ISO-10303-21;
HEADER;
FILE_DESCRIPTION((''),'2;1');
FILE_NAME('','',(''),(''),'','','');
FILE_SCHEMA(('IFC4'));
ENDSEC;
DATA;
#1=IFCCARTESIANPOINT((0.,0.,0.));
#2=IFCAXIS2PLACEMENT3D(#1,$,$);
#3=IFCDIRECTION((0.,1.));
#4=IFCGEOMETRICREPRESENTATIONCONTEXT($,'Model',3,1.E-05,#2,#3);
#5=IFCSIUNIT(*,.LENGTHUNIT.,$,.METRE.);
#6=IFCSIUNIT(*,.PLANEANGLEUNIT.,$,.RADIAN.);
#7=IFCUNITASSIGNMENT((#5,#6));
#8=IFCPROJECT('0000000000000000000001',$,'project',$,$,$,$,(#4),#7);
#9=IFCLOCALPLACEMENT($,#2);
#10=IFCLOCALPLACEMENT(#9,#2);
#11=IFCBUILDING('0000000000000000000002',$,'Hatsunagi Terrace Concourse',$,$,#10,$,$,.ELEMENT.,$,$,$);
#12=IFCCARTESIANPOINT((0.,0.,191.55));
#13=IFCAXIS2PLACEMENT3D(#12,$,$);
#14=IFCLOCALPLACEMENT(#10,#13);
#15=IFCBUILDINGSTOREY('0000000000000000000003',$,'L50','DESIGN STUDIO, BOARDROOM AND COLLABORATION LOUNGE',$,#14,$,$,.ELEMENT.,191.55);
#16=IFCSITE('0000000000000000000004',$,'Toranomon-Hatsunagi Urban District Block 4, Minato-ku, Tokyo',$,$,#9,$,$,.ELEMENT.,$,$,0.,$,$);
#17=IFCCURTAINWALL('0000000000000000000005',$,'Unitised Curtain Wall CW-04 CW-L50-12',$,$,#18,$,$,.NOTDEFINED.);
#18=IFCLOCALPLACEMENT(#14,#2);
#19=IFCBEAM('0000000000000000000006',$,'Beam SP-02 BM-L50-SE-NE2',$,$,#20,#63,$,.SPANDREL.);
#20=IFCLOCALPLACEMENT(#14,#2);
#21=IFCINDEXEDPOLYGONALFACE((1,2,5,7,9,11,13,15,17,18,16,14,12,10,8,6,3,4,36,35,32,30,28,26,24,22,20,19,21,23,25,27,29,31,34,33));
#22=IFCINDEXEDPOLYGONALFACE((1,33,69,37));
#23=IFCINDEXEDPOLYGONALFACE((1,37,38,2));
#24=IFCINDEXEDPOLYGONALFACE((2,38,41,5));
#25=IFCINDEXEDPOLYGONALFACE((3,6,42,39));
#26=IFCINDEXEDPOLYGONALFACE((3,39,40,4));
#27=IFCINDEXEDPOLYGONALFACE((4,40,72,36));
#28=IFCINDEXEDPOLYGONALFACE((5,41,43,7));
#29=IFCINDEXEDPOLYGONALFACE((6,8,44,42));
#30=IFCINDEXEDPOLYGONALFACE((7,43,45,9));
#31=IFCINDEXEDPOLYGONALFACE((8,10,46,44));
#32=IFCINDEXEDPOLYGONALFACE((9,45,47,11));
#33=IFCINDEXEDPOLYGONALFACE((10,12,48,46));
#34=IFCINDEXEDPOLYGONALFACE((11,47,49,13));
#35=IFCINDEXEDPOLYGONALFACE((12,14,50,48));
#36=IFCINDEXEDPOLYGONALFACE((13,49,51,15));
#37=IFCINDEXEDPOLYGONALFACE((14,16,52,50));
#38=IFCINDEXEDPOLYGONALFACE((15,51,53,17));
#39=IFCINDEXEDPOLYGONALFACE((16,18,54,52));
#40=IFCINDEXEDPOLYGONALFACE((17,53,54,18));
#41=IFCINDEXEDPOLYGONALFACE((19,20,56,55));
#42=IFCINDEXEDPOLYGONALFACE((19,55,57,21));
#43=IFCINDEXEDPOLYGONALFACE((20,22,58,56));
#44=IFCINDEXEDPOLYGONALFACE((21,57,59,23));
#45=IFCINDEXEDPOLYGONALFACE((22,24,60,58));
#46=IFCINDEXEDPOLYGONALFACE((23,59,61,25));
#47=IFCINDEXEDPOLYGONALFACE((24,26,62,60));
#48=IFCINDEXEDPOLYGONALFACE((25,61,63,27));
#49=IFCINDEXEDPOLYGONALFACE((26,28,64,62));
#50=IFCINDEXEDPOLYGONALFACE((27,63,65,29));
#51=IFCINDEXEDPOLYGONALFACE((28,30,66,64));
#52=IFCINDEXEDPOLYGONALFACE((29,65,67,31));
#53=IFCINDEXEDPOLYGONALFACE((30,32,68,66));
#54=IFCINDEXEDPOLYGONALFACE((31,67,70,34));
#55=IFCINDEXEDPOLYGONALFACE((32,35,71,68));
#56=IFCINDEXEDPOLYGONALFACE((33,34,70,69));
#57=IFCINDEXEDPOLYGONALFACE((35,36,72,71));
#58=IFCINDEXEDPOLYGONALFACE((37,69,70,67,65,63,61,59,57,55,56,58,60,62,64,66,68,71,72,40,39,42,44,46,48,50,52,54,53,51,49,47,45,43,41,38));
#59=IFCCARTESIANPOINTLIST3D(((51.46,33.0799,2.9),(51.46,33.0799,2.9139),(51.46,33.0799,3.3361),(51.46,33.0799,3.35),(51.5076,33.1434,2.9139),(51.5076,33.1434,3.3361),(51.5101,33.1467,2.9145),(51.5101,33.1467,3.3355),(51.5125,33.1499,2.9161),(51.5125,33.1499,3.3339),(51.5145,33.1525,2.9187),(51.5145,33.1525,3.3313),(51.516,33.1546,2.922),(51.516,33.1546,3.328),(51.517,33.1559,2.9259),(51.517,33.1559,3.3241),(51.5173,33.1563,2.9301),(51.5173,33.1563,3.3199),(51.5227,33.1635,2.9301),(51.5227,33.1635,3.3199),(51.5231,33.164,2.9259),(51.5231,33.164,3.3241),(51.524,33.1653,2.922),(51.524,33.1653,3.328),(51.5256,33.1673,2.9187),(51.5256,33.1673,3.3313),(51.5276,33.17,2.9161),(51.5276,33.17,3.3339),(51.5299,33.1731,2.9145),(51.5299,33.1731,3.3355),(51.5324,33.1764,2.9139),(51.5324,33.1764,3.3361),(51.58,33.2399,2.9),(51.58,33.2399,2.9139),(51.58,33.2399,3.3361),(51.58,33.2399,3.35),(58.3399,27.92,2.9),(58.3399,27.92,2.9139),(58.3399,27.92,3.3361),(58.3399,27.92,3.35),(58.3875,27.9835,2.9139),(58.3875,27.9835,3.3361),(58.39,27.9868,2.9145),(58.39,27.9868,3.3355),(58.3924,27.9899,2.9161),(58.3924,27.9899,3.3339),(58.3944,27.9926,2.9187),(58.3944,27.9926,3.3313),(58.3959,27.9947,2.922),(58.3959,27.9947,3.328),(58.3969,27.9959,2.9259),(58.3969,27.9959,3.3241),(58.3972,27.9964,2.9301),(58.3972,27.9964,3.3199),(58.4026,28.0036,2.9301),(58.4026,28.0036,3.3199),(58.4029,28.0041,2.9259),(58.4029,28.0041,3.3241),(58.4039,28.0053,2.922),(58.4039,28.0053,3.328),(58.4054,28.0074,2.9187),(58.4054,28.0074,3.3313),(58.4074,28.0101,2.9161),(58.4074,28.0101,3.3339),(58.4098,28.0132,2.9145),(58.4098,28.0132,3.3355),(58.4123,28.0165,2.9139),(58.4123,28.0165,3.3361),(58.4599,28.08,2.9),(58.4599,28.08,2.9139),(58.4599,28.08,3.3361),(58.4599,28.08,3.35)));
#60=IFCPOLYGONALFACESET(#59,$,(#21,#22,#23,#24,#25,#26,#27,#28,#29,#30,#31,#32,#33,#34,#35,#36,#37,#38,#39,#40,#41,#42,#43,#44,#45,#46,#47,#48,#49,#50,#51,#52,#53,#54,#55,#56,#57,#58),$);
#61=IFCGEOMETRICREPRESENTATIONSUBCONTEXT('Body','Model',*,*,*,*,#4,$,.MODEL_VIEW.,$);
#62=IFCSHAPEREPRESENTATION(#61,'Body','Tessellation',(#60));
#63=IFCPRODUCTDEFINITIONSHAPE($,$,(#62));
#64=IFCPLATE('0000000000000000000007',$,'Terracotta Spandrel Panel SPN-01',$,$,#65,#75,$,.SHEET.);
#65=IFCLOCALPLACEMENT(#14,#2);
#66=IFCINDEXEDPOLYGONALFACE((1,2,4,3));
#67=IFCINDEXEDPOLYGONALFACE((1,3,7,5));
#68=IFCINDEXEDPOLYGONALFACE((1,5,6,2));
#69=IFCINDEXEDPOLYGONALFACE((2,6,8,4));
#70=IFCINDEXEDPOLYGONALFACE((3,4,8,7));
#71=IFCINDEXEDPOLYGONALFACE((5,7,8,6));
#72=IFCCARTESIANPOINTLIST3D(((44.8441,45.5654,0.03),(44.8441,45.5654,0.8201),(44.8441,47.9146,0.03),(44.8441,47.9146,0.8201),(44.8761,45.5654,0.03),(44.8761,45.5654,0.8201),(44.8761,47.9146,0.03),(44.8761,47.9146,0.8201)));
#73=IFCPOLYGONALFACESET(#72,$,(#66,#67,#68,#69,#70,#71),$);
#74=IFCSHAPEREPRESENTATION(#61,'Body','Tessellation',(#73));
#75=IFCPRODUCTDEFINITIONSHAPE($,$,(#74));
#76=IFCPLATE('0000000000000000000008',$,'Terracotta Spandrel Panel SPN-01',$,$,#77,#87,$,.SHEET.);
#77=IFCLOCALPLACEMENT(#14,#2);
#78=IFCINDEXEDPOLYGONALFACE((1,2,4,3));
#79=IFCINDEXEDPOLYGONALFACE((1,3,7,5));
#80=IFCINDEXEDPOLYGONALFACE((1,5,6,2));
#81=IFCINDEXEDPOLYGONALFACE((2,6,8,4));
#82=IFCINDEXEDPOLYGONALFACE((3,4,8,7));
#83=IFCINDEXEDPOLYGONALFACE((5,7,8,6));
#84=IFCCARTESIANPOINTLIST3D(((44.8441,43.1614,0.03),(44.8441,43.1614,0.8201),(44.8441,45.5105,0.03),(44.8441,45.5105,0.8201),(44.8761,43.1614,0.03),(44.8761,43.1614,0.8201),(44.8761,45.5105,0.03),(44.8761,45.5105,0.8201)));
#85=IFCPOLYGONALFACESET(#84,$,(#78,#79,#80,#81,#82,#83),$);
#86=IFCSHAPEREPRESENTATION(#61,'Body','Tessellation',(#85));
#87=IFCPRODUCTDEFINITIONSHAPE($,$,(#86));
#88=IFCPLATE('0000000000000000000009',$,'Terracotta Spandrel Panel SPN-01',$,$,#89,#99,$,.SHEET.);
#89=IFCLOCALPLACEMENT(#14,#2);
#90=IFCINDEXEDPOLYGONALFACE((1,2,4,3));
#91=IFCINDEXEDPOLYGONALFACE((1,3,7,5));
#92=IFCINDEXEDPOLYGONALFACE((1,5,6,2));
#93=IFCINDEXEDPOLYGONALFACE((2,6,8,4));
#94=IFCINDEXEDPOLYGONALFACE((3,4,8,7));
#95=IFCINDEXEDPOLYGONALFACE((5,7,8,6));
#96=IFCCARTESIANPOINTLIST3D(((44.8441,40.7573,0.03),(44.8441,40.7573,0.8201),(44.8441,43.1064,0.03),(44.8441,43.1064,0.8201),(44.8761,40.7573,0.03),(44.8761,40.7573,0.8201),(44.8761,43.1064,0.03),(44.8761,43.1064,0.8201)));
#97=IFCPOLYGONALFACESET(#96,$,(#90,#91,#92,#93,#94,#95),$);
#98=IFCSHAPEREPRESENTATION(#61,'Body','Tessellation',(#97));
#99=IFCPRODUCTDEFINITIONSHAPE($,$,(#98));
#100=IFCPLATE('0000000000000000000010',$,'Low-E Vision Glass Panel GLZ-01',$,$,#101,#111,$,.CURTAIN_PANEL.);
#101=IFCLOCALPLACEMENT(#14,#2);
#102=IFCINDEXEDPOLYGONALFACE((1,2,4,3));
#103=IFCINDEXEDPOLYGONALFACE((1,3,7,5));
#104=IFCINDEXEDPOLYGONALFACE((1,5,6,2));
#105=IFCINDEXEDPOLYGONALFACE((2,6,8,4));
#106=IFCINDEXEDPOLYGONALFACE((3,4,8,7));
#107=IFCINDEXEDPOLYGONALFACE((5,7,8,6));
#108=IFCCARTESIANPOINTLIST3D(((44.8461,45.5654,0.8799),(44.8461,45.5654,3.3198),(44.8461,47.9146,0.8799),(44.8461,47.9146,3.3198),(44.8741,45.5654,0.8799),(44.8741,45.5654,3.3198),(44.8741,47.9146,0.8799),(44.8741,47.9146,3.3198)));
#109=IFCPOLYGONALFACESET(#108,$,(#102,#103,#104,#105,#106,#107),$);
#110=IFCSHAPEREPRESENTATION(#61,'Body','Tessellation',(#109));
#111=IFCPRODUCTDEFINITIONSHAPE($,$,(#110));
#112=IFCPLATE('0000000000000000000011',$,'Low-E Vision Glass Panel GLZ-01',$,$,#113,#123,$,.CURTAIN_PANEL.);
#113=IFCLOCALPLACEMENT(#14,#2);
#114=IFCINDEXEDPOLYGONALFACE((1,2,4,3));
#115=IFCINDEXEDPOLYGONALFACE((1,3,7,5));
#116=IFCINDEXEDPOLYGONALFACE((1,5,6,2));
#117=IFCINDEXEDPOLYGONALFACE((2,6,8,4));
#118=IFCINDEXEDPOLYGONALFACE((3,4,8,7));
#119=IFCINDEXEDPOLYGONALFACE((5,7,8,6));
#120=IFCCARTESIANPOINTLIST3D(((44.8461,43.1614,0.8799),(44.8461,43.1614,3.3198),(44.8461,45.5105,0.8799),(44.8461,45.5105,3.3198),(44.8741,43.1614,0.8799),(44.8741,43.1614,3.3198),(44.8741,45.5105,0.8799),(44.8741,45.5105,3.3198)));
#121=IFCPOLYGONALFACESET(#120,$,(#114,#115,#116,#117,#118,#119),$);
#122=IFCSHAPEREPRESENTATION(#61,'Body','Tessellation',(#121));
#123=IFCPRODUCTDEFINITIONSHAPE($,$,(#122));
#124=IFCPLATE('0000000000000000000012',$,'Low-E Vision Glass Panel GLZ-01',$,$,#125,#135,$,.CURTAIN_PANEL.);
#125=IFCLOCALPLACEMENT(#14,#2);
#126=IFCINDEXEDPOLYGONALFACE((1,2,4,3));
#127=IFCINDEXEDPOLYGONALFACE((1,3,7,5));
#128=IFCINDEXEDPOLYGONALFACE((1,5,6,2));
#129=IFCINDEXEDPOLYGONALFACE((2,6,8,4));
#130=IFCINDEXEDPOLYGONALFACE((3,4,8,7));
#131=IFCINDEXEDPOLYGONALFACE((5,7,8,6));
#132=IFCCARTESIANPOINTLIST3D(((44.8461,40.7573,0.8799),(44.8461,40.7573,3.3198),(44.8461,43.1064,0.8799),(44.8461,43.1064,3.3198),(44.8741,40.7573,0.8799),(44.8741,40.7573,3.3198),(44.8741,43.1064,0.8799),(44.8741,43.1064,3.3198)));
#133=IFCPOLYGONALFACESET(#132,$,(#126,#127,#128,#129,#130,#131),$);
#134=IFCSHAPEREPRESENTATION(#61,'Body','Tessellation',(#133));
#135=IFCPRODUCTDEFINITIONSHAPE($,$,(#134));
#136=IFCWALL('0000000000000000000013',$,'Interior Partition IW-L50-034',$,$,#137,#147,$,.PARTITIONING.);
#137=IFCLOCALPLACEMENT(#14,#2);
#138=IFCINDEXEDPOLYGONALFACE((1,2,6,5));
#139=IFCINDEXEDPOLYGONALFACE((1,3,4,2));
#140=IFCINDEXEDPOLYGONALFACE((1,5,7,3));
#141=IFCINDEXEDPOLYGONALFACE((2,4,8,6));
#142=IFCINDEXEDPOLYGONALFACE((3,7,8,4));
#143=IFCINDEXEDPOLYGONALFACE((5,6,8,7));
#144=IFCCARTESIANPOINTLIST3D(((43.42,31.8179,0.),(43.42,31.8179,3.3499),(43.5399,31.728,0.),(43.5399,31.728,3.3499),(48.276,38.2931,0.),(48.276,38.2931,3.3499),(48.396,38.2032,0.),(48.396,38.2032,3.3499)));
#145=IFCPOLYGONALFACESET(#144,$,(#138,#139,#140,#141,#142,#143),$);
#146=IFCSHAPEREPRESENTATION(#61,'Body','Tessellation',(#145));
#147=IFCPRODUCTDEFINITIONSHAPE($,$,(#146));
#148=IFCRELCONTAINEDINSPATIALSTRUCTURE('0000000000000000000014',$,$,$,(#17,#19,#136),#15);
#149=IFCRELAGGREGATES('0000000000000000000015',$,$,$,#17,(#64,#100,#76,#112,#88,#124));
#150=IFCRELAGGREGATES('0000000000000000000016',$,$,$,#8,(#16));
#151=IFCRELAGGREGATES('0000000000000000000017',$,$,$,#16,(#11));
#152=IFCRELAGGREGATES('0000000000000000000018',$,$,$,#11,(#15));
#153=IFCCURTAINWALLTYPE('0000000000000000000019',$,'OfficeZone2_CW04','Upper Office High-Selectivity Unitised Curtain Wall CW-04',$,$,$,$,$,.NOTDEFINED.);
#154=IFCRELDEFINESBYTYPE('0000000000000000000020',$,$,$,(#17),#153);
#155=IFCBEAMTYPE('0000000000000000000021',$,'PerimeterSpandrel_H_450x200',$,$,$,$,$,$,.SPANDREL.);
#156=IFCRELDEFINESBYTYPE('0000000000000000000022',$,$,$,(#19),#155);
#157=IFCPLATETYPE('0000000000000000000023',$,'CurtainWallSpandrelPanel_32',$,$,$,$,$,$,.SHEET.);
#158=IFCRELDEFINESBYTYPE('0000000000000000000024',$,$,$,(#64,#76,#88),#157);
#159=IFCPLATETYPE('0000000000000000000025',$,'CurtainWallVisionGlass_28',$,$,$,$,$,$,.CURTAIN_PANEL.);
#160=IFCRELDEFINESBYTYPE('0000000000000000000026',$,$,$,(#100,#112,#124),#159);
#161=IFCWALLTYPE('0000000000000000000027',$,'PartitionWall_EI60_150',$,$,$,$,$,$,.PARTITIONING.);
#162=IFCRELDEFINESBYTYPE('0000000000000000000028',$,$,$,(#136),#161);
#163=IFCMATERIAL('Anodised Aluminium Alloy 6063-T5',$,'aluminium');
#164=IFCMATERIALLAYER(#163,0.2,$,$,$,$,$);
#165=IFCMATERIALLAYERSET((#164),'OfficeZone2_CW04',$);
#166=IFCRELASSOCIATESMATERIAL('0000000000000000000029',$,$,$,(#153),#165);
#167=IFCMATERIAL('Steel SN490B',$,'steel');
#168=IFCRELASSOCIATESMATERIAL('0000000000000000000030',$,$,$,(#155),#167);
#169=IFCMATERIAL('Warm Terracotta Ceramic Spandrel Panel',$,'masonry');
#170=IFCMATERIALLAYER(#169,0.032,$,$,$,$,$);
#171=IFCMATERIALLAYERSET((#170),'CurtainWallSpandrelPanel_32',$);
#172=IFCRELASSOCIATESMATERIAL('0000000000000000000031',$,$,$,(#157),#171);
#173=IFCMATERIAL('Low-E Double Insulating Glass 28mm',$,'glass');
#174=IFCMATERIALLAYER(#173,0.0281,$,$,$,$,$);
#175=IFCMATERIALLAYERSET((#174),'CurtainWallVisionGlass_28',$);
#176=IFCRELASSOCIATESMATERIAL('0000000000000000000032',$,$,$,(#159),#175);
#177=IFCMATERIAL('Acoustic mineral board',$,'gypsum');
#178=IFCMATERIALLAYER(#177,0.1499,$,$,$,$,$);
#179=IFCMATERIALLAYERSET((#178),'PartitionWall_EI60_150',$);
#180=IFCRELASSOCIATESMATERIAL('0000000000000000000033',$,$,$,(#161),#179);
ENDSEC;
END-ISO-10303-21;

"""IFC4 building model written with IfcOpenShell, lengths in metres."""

from ifc_helpers import new_model, si_unit, direction, frame, frame_2d, origin, origin_2d, place, context, subcontext, project, spatial, rectangle, i_section, extrude, material, layer, layer_set, material_profile, profile_set, type_object, element, aggregate, save


model = new_model("IFC4")

# Units and contexts
model_context = context("Model", 3, precision=1e-05, world=origin(), true_north=direction((0.0, 1.0)))
body_context = subcontext(model_context, "Body", "Model", "MODEL_VIEW")
ifc_project = project(units=[si_unit("LENGTHUNIT", "METRE"), si_unit("PLANEANGLEUNIT", "RADIAN")], contexts=[model_context])

# Site, building, storey
site_placement = place(None, origin())
site = spatial("IfcSite", under=ifc_project, at=site_placement, Name="Toranomon-Hatsunagi Urban District Block 4, Minato-ku, Tokyo", CompositionType="ELEMENT", RefElevation=0.0)
building_placement = place(site_placement, origin())
building = spatial("IfcBuilding", under=site, at=building_placement, Name="Hatsunagi Terrace Concourse", CompositionType="ELEMENT")
storey_placement = place(building_placement, frame((0.0, 0.0, 191.55)))
storey = spatial("IfcBuildingStorey", under=building, at=storey_placement, Name="L50", Description="DESIGN STUDIO, BOARDROOM AND COLLABORATION LOUNGE", CompositionType="ELEMENT", Elevation=191.55)

# Curtain wall
ifc_material_1 = material(Name="Anodised Aluminium Alloy 6063-T5", Category="aluminium")
ifc_layer_1 = layer(ifc_material_1, 0.2)
ifc_layer_set_1 = layer_set([ifc_layer_1], Name="OfficeZone2_CW04")
curtain_wall_type = type_object("IfcCurtainWallType", Name="OfficeZone2_CW04", Description="Upper Office High-Selectivity Unitised Curtain Wall CW-04", PredefinedType="NOTDEFINED", material=ifc_layer_set_1)
curtain_wall_1_placement = place(storey_placement, origin())
curtain_wall_1 = element("IfcCurtainWall", 1, at=curtain_wall_1_placement, inside=storey, type_object=curtain_wall_type, Name="Unitised Curtain Wall CW-04 CW-L50-12", PredefinedType="NOTDEFINED")

# Beam
ifc_material_2 = material(Name="Steel SN490B", Category="steel")
ifc_material_profile_1 = material_profile(ifc_material_2, i_section(OverallWidth=0.2, OverallDepth=0.45, WebThickness=0.009, FlangeThickness=0.0139, FilletRadius=0.0161, at=origin_2d()), Name="H-450x200x9x14")
ifc_profile_set_1 = profile_set([ifc_material_profile_1], Name="Steel SN490B")
beam_type_1 = type_object("IfcBeamType", Name="PerimeterSpandrel_H_450x200", PredefinedType="SPANDREL", material=ifc_profile_set_1)
beam_1_placement = place(storey_placement, frame((51.52, 33.1599, 3.125), z_axis=(0.8, -0.6, 0.0), x_axis=(0.6, 0.8, 0.0)))
element("IfcBeam", 2, at=beam_1_placement, inside=storey, type_object=beam_type_1, Name="Beam SP-02 BM-L50-SE-NE2", PredefinedType="SPANDREL", context=body_context, shape_type="SweptSolid", body=[
    extrude(i_section(OverallWidth=0.2, OverallDepth=0.45, WebThickness=0.009, FlangeThickness=0.0139, FilletRadius=0.0161, at=origin_2d()), origin(), (0.0, 0.0, 1.0), 8.5999),
])

# Plates
ifc_material_3 = material(Name="Warm Terracotta Ceramic Spandrel Panel", Category="masonry")
ifc_layer_2 = layer(ifc_material_3, 0.032)
ifc_layer_set_2 = layer_set([ifc_layer_2], Name="CurtainWallSpandrelPanel_32")
plate_type_1 = type_object("IfcPlateType", Name="CurtainWallSpandrelPanel_32", PredefinedType="SHEET", material=ifc_layer_set_2)
plate_1_placement = place(storey_placement, frame((44.8601, 46.74, 0.03), z_axis=(0.0, 0.0, 1.0), x_axis=(0.0, -1.0, 0.0)))
plate_1 = element("IfcPlate", 3, at=plate_1_placement, type_object=plate_type_1, Name="Terracotta Spandrel Panel SPN-01", PredefinedType="SHEET", context=body_context, shape_type="SweptSolid", body=[
    extrude(rectangle(XDim=2.3491, YDim=0.032, at=origin_2d()), origin(), (0.0, 0.0, 1.0), 0.79),
])
plate_2_placement = place(storey_placement, frame((44.8601, 44.3359, 0.03), z_axis=(0.0, 0.0, 1.0), x_axis=(0.0, -1.0, 0.0)))
plate_2 = element("IfcPlate", 4, at=plate_2_placement, type_object=plate_type_1, Name="Terracotta Spandrel Panel SPN-01", PredefinedType="SHEET", context=body_context, shape_type="SweptSolid", body=[
    extrude(rectangle(XDim=2.3491, YDim=0.032, at=origin_2d()), origin(), (0.0, 0.0, 1.0), 0.79),
])
plate_3_placement = place(storey_placement, frame((44.8601, 41.9319, 0.03), z_axis=(0.0, 0.0, 1.0), x_axis=(0.0, -1.0, 0.0)))
plate_3 = element("IfcPlate", 5, at=plate_3_placement, type_object=plate_type_1, Name="Terracotta Spandrel Panel SPN-01", PredefinedType="SHEET", context=body_context, shape_type="SweptSolid", body=[
    extrude(rectangle(XDim=2.3491, YDim=0.032, at=origin_2d()), origin(), (0.0, 0.0, 1.0), 0.79),
])
ifc_material_4 = material(Name="Low-E Double Insulating Glass 28mm", Category="glass")
ifc_layer_3 = layer(ifc_material_4, 0.0281)
ifc_layer_set_3 = layer_set([ifc_layer_3], Name="CurtainWallVisionGlass_28")
plate_type_2 = type_object("IfcPlateType", Name="CurtainWallVisionGlass_28", PredefinedType="CURTAIN_PANEL", material=ifc_layer_set_3)
plate_4_placement = place(storey_placement, frame((44.8601, 46.74, 0.8799), z_axis=(0.0, 0.0, 1.0), x_axis=(0.0, -1.0, 0.0)))
plate_4 = element("IfcPlate", 6, at=plate_4_placement, type_object=plate_type_2, Name="Low-E Vision Glass Panel GLZ-01", PredefinedType="CURTAIN_PANEL", context=body_context, shape_type="SweptSolid", body=[
    extrude(rectangle(XDim=2.3491, YDim=0.0281, at=origin_2d()), origin(), (0.0, 0.0, 1.0), 2.4399),
])
plate_5_placement = place(storey_placement, frame((44.8601, 44.3359, 0.8799), z_axis=(0.0, 0.0, 1.0), x_axis=(0.0, -1.0, 0.0)))
plate_5 = element("IfcPlate", 7, at=plate_5_placement, type_object=plate_type_2, Name="Low-E Vision Glass Panel GLZ-01", PredefinedType="CURTAIN_PANEL", context=body_context, shape_type="SweptSolid", body=[
    extrude(rectangle(XDim=2.3491, YDim=0.0281, at=origin_2d()), origin(), (0.0, 0.0, 1.0), 2.4399),
])
plate_6_placement = place(storey_placement, frame((44.8601, 41.9319, 0.8799), z_axis=(0.0, 0.0, 1.0), x_axis=(0.0, -1.0, 0.0)))
plate_6 = element("IfcPlate", 8, at=plate_6_placement, type_object=plate_type_2, Name="Low-E Vision Glass Panel GLZ-01", PredefinedType="CURTAIN_PANEL", context=body_context, shape_type="SweptSolid", body=[
    extrude(rectangle(XDim=2.3491, YDim=0.0281, at=origin_2d()), origin(), (0.0, 0.0, 1.0), 2.4399),
])
aggregate(curtain_wall_1, [plate_1, plate_4, plate_2, plate_5, plate_3, plate_6])

# Wall
ifc_material_5 = material(Name="Acoustic mineral board", Category="gypsum")
ifc_layer_4 = layer(ifc_material_5, 0.1499)
ifc_layer_set_4 = layer_set([ifc_layer_4], Name="PartitionWall_EI60_150")
wall_type_1 = type_object("IfcWallType", Name="PartitionWall_EI60_150", PredefinedType="PARTITIONING", material=ifc_layer_set_4)
wall_1_placement = place(storey_placement, frame((43.48, 31.7729, 0.0), z_axis=(0.0, 0.0, 1.0), x_axis=(0.599971, 0.800022, 0.0)))
element("IfcWall", 9, at=wall_1_placement, inside=storey, type_object=wall_type_1, Name="Interior Partition IW-L50-034", PredefinedType="PARTITIONING", context=body_context, shape_type="SweptSolid", body=[
    extrude(rectangle(XDim=8.0938, YDim=0.1499, at=frame_2d((4.0469, 0.0))), origin(), (0.0, 0.0, 1.0), 3.3499),
])

save(model, "model.ifc")
